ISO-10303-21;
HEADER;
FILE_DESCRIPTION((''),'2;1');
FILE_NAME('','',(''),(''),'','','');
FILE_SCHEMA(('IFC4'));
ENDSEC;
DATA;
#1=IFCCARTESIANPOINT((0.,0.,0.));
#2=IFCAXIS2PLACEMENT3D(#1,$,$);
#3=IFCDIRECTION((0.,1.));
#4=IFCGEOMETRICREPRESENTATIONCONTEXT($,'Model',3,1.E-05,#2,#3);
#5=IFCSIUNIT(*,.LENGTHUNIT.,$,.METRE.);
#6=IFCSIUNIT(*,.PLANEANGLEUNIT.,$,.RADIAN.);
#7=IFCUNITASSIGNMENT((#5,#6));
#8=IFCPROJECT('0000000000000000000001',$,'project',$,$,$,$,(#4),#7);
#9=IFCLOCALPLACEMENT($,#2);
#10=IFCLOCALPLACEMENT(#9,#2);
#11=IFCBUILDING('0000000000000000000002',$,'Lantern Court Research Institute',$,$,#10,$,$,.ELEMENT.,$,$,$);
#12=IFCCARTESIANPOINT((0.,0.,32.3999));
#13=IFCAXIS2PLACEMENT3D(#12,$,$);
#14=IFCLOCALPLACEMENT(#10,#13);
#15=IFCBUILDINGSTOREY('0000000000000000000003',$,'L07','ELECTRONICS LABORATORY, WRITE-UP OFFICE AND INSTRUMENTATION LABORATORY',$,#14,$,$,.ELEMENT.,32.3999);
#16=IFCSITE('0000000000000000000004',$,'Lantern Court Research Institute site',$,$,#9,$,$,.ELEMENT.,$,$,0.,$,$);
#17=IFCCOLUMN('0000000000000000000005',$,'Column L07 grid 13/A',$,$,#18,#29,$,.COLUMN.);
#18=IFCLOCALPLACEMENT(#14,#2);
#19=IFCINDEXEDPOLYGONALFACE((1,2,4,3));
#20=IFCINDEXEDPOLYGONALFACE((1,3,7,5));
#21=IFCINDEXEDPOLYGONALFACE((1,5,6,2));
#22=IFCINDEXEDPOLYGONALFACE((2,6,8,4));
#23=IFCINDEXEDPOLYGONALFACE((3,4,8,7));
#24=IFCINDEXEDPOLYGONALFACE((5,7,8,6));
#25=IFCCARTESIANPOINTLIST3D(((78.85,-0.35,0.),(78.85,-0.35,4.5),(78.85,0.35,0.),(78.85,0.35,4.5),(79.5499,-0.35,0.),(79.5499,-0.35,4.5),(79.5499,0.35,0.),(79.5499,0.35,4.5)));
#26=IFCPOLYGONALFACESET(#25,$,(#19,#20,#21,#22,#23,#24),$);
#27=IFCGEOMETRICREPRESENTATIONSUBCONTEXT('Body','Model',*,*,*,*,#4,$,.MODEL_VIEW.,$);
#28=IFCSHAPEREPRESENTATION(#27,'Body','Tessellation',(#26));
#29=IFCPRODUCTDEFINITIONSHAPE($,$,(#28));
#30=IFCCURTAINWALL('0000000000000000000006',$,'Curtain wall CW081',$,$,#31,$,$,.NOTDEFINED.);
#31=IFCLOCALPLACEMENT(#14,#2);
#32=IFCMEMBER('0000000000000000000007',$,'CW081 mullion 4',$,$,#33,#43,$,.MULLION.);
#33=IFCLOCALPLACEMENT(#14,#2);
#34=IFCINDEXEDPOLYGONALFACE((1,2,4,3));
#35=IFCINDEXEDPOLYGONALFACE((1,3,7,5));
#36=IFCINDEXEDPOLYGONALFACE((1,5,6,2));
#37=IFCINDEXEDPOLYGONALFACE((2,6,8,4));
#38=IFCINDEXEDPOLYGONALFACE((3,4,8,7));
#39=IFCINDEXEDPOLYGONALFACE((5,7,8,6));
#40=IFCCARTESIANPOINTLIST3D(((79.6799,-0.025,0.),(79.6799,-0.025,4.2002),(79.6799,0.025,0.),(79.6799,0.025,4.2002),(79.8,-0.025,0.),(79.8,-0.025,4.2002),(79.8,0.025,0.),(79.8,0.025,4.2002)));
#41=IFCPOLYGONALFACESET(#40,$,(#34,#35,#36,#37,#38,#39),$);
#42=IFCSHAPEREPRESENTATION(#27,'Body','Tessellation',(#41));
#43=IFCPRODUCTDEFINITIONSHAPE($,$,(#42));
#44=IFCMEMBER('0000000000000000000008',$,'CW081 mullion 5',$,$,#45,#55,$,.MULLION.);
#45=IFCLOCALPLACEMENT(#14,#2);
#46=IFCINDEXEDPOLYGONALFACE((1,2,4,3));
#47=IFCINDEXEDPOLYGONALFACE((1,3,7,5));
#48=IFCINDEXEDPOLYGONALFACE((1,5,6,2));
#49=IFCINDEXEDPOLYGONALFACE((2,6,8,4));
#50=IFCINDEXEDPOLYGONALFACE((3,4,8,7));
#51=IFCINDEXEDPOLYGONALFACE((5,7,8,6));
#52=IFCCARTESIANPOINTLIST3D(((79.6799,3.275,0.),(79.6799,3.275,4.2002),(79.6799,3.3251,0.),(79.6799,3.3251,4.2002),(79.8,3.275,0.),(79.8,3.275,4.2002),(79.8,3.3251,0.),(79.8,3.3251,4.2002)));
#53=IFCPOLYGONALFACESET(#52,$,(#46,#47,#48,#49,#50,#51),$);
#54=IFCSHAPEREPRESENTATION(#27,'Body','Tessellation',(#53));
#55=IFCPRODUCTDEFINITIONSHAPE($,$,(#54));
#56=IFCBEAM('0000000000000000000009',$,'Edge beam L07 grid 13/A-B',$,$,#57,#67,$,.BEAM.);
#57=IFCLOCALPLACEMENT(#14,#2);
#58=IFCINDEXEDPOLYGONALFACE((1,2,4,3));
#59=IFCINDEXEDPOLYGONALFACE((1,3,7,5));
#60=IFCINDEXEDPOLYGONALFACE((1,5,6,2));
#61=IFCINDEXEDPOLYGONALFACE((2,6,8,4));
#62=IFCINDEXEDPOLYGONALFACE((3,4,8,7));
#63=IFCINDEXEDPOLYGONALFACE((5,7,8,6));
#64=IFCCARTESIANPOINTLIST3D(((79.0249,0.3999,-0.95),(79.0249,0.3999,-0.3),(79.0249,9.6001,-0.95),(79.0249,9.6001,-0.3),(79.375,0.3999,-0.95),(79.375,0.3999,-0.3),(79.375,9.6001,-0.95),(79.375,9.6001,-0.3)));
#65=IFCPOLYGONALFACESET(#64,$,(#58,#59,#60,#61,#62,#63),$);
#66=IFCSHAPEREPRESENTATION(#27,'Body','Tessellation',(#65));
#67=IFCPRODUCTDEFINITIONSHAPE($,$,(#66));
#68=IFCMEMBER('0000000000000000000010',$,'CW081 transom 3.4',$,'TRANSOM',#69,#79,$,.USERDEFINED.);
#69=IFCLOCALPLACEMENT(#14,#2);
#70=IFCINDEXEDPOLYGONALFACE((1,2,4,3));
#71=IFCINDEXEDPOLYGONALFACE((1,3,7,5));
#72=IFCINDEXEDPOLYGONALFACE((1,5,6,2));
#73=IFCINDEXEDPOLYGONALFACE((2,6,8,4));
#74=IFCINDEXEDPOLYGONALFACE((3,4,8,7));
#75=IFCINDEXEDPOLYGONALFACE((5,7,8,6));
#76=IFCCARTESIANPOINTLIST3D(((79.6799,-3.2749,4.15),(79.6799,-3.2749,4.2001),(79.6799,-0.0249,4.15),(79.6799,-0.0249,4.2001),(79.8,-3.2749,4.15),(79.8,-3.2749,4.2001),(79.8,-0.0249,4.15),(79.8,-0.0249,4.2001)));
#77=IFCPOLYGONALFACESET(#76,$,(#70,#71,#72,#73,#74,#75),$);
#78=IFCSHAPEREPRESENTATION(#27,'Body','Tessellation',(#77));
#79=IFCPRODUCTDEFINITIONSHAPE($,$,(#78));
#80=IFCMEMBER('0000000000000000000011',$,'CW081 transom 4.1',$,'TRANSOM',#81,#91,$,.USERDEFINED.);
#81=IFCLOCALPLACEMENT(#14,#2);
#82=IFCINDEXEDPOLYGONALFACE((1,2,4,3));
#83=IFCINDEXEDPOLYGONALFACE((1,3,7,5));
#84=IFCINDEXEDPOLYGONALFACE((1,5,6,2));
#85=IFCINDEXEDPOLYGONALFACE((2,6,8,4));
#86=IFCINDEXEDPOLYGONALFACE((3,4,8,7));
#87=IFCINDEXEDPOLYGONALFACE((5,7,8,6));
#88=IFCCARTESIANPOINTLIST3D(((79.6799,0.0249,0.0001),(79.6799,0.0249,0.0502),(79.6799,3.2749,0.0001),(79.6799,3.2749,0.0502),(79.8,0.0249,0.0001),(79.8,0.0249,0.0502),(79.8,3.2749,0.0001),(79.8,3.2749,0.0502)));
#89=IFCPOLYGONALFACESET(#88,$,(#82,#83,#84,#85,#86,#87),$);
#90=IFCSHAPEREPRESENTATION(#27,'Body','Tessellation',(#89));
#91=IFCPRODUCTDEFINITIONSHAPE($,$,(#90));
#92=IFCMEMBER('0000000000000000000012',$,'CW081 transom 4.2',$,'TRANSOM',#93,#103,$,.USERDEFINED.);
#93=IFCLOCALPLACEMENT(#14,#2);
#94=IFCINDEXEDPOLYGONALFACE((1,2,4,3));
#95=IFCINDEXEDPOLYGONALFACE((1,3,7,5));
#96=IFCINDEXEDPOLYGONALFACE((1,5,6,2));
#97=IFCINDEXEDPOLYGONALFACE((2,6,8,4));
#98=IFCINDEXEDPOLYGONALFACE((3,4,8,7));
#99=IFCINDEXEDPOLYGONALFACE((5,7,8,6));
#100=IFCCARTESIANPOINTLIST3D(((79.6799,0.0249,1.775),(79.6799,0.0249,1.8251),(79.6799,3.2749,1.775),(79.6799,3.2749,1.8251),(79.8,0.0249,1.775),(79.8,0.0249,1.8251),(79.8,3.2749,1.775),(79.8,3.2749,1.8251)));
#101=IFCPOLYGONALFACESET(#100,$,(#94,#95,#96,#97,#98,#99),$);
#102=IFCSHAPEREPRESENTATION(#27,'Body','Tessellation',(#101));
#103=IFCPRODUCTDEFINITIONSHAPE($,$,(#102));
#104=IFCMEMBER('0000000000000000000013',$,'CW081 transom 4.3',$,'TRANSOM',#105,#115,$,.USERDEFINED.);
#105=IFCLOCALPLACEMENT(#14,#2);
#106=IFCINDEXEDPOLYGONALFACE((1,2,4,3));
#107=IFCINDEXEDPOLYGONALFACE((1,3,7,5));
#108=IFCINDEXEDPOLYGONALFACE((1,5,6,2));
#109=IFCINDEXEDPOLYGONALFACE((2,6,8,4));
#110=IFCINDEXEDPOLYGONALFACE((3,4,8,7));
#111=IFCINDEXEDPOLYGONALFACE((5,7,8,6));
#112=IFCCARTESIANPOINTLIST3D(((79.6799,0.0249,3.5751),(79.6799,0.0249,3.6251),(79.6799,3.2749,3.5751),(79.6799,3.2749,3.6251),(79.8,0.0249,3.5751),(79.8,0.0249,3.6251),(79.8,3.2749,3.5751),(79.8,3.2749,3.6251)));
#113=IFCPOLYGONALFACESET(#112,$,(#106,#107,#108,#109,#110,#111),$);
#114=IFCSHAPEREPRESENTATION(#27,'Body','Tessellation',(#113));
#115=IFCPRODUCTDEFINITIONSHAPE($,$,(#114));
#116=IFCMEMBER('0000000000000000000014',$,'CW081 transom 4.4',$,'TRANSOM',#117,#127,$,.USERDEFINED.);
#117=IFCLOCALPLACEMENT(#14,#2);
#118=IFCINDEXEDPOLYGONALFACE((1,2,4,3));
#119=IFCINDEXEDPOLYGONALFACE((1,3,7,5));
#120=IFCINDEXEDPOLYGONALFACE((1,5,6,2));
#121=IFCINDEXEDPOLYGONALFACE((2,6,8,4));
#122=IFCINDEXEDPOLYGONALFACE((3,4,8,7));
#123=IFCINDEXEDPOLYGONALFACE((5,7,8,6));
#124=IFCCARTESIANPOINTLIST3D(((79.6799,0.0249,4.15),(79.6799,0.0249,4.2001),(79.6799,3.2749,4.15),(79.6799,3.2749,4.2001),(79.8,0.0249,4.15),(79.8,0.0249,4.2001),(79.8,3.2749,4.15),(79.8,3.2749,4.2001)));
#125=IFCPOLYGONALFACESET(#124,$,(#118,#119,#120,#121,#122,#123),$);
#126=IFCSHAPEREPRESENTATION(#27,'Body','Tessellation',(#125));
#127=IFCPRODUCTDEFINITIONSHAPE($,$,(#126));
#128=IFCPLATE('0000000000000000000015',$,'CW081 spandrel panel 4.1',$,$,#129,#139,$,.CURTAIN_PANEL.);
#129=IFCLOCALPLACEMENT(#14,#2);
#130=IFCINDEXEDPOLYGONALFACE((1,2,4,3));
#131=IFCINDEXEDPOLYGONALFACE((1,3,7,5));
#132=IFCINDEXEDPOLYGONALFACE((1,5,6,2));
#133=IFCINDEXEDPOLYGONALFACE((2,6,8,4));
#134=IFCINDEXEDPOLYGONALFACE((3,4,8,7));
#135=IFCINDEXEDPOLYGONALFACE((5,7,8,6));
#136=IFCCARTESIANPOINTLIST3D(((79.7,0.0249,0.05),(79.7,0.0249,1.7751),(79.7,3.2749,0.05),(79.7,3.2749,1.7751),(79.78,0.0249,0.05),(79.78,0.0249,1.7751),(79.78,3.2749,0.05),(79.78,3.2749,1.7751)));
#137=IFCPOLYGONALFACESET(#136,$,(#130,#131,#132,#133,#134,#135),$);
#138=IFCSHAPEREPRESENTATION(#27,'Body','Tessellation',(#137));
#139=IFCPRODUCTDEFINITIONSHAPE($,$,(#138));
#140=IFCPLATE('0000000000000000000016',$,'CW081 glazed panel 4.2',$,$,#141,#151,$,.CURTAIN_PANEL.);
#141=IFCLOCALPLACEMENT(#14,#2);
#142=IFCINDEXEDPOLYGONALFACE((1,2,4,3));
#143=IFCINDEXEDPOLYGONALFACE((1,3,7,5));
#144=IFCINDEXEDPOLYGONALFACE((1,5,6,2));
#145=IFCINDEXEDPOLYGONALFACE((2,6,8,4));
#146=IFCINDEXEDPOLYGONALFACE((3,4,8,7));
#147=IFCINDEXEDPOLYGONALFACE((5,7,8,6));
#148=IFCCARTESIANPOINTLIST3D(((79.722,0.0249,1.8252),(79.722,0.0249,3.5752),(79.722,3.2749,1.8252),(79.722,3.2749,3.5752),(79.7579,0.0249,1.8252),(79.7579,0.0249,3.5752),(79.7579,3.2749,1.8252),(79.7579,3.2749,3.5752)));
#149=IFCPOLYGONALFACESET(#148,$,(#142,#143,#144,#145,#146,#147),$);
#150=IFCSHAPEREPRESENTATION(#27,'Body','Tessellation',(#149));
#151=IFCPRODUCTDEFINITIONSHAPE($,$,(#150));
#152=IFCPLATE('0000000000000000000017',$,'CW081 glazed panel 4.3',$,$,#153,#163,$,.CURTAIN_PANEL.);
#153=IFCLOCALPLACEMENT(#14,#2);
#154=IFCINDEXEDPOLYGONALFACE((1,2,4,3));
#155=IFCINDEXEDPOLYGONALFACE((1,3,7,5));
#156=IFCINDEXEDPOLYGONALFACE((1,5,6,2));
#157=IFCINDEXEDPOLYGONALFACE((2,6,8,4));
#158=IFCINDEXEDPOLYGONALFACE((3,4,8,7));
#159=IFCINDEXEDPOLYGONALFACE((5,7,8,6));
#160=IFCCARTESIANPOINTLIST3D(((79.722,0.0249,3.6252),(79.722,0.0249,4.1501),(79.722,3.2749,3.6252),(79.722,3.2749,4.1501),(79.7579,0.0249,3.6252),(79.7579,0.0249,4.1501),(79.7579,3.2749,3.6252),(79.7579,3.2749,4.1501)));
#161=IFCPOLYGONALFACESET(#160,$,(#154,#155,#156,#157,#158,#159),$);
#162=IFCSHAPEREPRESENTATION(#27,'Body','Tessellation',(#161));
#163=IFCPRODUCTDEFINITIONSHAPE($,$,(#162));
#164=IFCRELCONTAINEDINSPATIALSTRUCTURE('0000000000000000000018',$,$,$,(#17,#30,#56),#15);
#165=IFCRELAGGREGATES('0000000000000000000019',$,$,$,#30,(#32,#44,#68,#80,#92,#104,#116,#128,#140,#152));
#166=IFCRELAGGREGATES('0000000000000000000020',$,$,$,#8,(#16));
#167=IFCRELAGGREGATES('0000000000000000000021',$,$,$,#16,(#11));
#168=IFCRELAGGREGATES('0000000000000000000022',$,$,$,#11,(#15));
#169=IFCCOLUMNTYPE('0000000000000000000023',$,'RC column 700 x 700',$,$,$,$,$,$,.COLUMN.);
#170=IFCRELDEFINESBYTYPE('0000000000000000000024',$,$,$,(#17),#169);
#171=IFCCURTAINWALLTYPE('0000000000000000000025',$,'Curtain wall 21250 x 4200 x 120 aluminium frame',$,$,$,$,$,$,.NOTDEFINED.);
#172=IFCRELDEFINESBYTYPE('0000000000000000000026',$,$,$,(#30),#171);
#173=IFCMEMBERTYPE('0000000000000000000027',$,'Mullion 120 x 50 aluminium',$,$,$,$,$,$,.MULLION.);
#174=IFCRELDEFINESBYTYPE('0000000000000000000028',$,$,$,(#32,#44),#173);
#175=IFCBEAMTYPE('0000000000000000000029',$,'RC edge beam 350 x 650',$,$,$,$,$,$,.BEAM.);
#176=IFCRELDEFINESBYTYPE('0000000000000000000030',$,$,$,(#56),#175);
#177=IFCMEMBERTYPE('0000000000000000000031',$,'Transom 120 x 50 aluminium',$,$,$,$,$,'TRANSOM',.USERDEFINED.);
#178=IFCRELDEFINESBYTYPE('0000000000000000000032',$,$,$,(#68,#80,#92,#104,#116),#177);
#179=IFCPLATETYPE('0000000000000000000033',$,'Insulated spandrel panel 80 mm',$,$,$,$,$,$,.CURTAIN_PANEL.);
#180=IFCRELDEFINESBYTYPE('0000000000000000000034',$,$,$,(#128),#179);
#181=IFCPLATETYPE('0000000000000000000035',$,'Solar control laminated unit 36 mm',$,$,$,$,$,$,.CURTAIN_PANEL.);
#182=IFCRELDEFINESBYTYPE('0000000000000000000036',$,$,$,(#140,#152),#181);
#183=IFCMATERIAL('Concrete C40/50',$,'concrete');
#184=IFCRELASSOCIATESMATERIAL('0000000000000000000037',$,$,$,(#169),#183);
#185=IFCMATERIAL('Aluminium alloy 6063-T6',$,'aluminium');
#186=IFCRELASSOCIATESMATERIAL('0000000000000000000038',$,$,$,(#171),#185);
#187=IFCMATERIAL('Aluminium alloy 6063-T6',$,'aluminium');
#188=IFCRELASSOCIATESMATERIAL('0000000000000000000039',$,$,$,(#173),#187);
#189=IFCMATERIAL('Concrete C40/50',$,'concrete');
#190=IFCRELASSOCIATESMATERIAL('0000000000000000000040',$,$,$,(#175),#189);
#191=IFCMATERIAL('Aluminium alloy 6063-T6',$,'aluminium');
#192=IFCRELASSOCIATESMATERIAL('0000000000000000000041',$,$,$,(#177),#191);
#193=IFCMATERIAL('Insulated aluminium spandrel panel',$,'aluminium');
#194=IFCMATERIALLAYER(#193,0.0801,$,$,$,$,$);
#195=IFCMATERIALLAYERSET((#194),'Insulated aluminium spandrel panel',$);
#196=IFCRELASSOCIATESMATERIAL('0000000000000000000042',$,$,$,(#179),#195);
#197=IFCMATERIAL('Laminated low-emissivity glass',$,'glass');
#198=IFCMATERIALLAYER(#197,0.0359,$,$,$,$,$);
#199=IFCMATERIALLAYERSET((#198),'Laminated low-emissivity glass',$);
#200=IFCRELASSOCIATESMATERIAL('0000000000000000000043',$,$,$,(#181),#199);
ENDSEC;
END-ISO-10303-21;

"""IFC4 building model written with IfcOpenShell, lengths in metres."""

from ifc_helpers import new_model, si_unit, direction, frame, origin, origin_2d, place, context, subcontext, project, spatial, rectangle, extrude, material, layer, layer_set, material_profile, profile_set, type_object, element, aggregate, save


model = new_model("IFC4")

# Units and contexts
model_context = context("Model", 3, precision=1e-05, world=origin(), true_north=direction((0.0, 1.0)))
body_context = subcontext(model_context, "Body", "Model", "MODEL_VIEW")
ifc_project = project(units=[si_unit("LENGTHUNIT", "METRE"), si_unit("PLANEANGLEUNIT", "RADIAN")], contexts=[model_context])

# Site, building, storey
site_placement = place(None, origin())
site = spatial("IfcSite", under=ifc_project, at=site_placement, Name="Lantern Court Research Institute site", CompositionType="ELEMENT", RefElevation=0.0)
building_placement = place(site_placement, origin())
building = spatial("IfcBuilding", under=site, at=building_placement, Name="Lantern Court Research Institute", CompositionType="ELEMENT")
storey_placement = place(building_placement, frame((0.0, 0.0, 32.3999)))
storey = spatial("IfcBuildingStorey", under=building, at=storey_placement, Name="L07", Description="ELECTRONICS LABORATORY, WRITE-UP OFFICE AND INSTRUMENTATION LABORATORY", CompositionType="ELEMENT", Elevation=32.3999)

# Column
ifc_material_1 = material(Name="Concrete C40/50", Category="concrete")
ifc_material_profile_1 = material_profile(ifc_material_1, rectangle(XDim=0.7, YDim=0.7, at=origin_2d()), Name="RC column 700 x 700")
ifc_profile_set_1 = profile_set([ifc_material_profile_1], Name="Concrete C40/50")
column_type = type_object("IfcColumnType", Name="RC column 700 x 700", PredefinedType="COLUMN", material=ifc_profile_set_1)
column_placement = place(storey_placement, frame((79.2, 0.0, 0.0), z_axis=(0.0, 0.0, 1.0), x_axis=(1.0, 0.0, 0.0)))
element("IfcColumn", 1, at=column_placement, inside=storey, type_object=column_type, Name="Column L07 grid 13/A", PredefinedType="COLUMN", context=body_context, shape_type="SweptSolid", body=[
    extrude(rectangle(XDim=0.7, YDim=0.7, at=origin_2d()), origin(), (0.0, 0.0, 1.0), 4.5),
])

# Curtain wall, members
ifc_material_2 = material(Name="Aluminium alloy 6063-T6", Category="aluminium")
curtain_wall_type = type_object("IfcCurtainWallType", Name="Curtain wall 21250 x 4200 x 120 aluminium frame", PredefinedType="NOTDEFINED", material=ifc_material_2)
curtain_wall_placement = place(storey_placement, origin())
curtain_wall = element("IfcCurtainWall", 2, at=curtain_wall_placement, inside=storey, type_object=curtain_wall_type, Name="Curtain wall CW081", PredefinedType="NOTDEFINED")
ifc_material_3 = material(Name="Aluminium alloy 6063-T6", Category="aluminium")
ifc_material_profile_2 = material_profile(ifc_material_3, rectangle(XDim=0.1201, YDim=0.05, at=origin_2d()), Name="Mullion 120 x 50")
ifc_profile_set_2 = profile_set([ifc_material_profile_2], Name="Aluminium alloy 6063-T6")
member_type_1 = type_object("IfcMemberType", Name="Mullion 120 x 50 aluminium", PredefinedType="MULLION", material=ifc_profile_set_2)
member_1_placement = place(storey_placement, frame((79.74, 0.0, 0.0), z_axis=(0.0, 0.0, 1.0), x_axis=(1.0, 0.0, 0.0)))
member_1 = element("IfcMember", 3, at=member_1_placement, type_object=member_type_1, Name="CW081 mullion 4", PredefinedType="MULLION", context=body_context, shape_type="SweptSolid", body=[
    extrude(rectangle(XDim=0.1201, YDim=0.05, at=origin_2d()), origin(), (0.0, 0.0, 1.0), 4.2002),
])
member_2_placement = place(storey_placement, frame((79.74, 3.3, 0.0), z_axis=(0.0, 0.0, 1.0), x_axis=(1.0, 0.0, 0.0)))
member_2 = element("IfcMember", 4, at=member_2_placement, type_object=member_type_1, Name="CW081 mullion 5", PredefinedType="MULLION", context=body_context, shape_type="SweptSolid", body=[
    extrude(rectangle(XDim=0.1201, YDim=0.05, at=origin_2d()), origin(), (0.0, 0.0, 1.0), 4.2002),
])

# Beam
ifc_material_4 = material(Name="Concrete C40/50", Category="concrete")
ifc_material_profile_3 = material_profile(ifc_material_4, rectangle(XDim=0.3501, YDim=0.6499, at=origin_2d()), Name="RC beam 350 x 650")
ifc_profile_set_3 = profile_set([ifc_material_profile_3], Name="Concrete C40/50")
beam_type = type_object("IfcBeamType", Name="RC edge beam 350 x 650", PredefinedType="BEAM", material=ifc_profile_set_3)
beam_placement = place(storey_placement, frame((79.2, 0.3999, -0.625), z_axis=(0.0, 1.0, 0.0), x_axis=(-1.0, 0.0, 0.0)))
element("IfcBeam", 5, at=beam_placement, inside=storey, type_object=beam_type, Name="Edge beam L07 grid 13/A-B", PredefinedType="BEAM", context=body_context, shape_type="SweptSolid", body=[
    extrude(rectangle(XDim=0.3501, YDim=0.6499, at=origin_2d()), origin(), (0.0, 0.0, 1.0), 9.2002),
])

# Members
ifc_material_5 = material(Name="Aluminium alloy 6063-T6", Category="aluminium")
ifc_material_profile_4 = material_profile(ifc_material_5, rectangle(XDim=0.1201, YDim=0.05, at=origin_2d()), Name="Transom 120 x 50")
ifc_profile_set_4 = profile_set([ifc_material_profile_4], Name="Aluminium alloy 6063-T6")
member_type_2 = type_object("IfcMemberType", Name="Transom 120 x 50 aluminium", ElementType="TRANSOM", PredefinedType="USERDEFINED", material=ifc_profile_set_4)
member_3_placement = place(storey_placement, frame((79.74, -0.0249, 4.175), z_axis=(0.0, -1.0, 0.0), x_axis=(1.0, 0.0, 0.0)))
member_3 = element("IfcMember", 6, at=member_3_placement, type_object=member_type_2, Name="CW081 transom 3.4", ObjectType="TRANSOM", PredefinedType="USERDEFINED", context=body_context, shape_type="SweptSolid", body=[
    extrude(rectangle(XDim=0.1201, YDim=0.05, at=origin_2d()), origin(), (0.0, 0.0, 1.0), 3.25),
])
member_4_placement = place(storey_placement, frame((79.74, 3.2749, 0.0251), z_axis=(0.0, -1.0, 0.0), x_axis=(1.0, 0.0, 0.0)))
member_4 = element("IfcMember", 7, at=member_4_placement, type_object=member_type_2, Name="CW081 transom 4.1", ObjectType="TRANSOM", PredefinedType="USERDEFINED", context=body_context, shape_type="SweptSolid", body=[
    extrude(rectangle(XDim=0.1201, YDim=0.05, at=origin_2d()), origin(), (0.0, 0.0, 1.0), 3.25),
])
member_5_placement = place(storey_placement, frame((79.74, 3.2749, 1.8), z_axis=(0.0, -1.0, 0.0), x_axis=(1.0, 0.0, 0.0)))
member_5 = element("IfcMember", 8, at=member_5_placement, type_object=member_type_2, Name="CW081 transom 4.2", ObjectType="TRANSOM", PredefinedType="USERDEFINED", context=body_context, shape_type="SweptSolid", body=[
    extrude(rectangle(XDim=0.1201, YDim=0.05, at=origin_2d()), origin(), (0.0, 0.0, 1.0), 3.25),
])
member_6_placement = place(storey_placement, frame((79.74, 3.2749, 3.6001), z_axis=(0.0, -1.0, 0.0), x_axis=(1.0, 0.0, 0.0)))
member_6 = element("IfcMember", 9, at=member_6_placement, type_object=member_type_2, Name="CW081 transom 4.3", ObjectType="TRANSOM", PredefinedType="USERDEFINED", context=body_context, shape_type="SweptSolid", body=[
    extrude(rectangle(XDim=0.1201, YDim=0.05, at=origin_2d()), origin(), (0.0, 0.0, 1.0), 3.25),
])
member_7_placement = place(storey_placement, frame((79.74, 3.2749, 4.175), z_axis=(0.0, -1.0, 0.0), x_axis=(1.0, 0.0, 0.0)))
member_7 = element("IfcMember", 10, at=member_7_placement, type_object=member_type_2, Name="CW081 transom 4.4", ObjectType="TRANSOM", PredefinedType="USERDEFINED", context=body_context, shape_type="SweptSolid", body=[
    extrude(rectangle(XDim=0.1201, YDim=0.05, at=origin_2d()), origin(), (0.0, 0.0, 1.0), 3.25),
])

# Plates
ifc_material_6 = material(Name="Insulated aluminium spandrel panel", Category="aluminium")
ifc_layer_1 = layer(ifc_material_6, 0.0801)
ifc_layer_set_1 = layer_set([ifc_layer_1], Name="Insulated aluminium spandrel panel")
plate_type_1 = type_object("IfcPlateType", Name="Insulated spandrel panel 80 mm", PredefinedType="CURTAIN_PANEL", material=ifc_layer_set_1)
plate_1_placement = place(storey_placement, frame((79.74, 1.6499, 0.05), z_axis=(0.0, 0.0, 1.0), x_axis=(0.0, -1.0, 0.0)))
plate_1 = element("IfcPlate", 11, at=plate_1_placement, type_object=plate_type_1, Name="CW081 spandrel panel 4.1", PredefinedType="CURTAIN_PANEL", context=body_context, shape_type="SweptSolid", body=[
    extrude(rectangle(XDim=3.25, YDim=0.0801, at=origin_2d()), origin(), (0.0, 0.0, 1.0), 1.7251),
])
ifc_material_7 = material(Name="Laminated low-emissivity glass", Category="glass")
ifc_layer_2 = layer(ifc_material_7, 0.0359)
ifc_layer_set_2 = layer_set([ifc_layer_2], Name="Laminated low-emissivity glass")
plate_type_2 = type_object("IfcPlateType", Name="Solar control laminated unit 36 mm", PredefinedType="CURTAIN_PANEL", material=ifc_layer_set_2)
plate_2_placement = place(storey_placement, frame((79.74, 1.6499, 1.8252), z_axis=(0.0, 0.0, 1.0), x_axis=(0.0, -1.0, 0.0)))
plate_2 = element("IfcPlate", 12, at=plate_2_placement, type_object=plate_type_2, Name="CW081 glazed panel 4.2", PredefinedType="CURTAIN_PANEL", context=body_context, shape_type="SweptSolid", body=[
    extrude(rectangle(XDim=3.25, YDim=0.0359, at=origin_2d()), origin(), (0.0, 0.0, 1.0), 1.75),
])
plate_3_placement = place(storey_placement, frame((79.74, 1.6499, 3.6252), z_axis=(0.0, 0.0, 1.0), x_axis=(0.0, -1.0, 0.0)))
plate_3 = element("IfcPlate", 13, at=plate_3_placement, type_object=plate_type_2, Name="CW081 glazed panel 4.3", PredefinedType="CURTAIN_PANEL", context=body_context, shape_type="SweptSolid", body=[
    extrude(rectangle(XDim=3.25, YDim=0.0359, at=origin_2d()), origin(), (0.0, 0.0, 1.0), 0.5249),
])
aggregate(curtain_wall, [member_1, member_2, member_3, member_4, member_5, member_6, member_7, plate_1, plate_2, plate_3])

save(model, "model.ifc")
